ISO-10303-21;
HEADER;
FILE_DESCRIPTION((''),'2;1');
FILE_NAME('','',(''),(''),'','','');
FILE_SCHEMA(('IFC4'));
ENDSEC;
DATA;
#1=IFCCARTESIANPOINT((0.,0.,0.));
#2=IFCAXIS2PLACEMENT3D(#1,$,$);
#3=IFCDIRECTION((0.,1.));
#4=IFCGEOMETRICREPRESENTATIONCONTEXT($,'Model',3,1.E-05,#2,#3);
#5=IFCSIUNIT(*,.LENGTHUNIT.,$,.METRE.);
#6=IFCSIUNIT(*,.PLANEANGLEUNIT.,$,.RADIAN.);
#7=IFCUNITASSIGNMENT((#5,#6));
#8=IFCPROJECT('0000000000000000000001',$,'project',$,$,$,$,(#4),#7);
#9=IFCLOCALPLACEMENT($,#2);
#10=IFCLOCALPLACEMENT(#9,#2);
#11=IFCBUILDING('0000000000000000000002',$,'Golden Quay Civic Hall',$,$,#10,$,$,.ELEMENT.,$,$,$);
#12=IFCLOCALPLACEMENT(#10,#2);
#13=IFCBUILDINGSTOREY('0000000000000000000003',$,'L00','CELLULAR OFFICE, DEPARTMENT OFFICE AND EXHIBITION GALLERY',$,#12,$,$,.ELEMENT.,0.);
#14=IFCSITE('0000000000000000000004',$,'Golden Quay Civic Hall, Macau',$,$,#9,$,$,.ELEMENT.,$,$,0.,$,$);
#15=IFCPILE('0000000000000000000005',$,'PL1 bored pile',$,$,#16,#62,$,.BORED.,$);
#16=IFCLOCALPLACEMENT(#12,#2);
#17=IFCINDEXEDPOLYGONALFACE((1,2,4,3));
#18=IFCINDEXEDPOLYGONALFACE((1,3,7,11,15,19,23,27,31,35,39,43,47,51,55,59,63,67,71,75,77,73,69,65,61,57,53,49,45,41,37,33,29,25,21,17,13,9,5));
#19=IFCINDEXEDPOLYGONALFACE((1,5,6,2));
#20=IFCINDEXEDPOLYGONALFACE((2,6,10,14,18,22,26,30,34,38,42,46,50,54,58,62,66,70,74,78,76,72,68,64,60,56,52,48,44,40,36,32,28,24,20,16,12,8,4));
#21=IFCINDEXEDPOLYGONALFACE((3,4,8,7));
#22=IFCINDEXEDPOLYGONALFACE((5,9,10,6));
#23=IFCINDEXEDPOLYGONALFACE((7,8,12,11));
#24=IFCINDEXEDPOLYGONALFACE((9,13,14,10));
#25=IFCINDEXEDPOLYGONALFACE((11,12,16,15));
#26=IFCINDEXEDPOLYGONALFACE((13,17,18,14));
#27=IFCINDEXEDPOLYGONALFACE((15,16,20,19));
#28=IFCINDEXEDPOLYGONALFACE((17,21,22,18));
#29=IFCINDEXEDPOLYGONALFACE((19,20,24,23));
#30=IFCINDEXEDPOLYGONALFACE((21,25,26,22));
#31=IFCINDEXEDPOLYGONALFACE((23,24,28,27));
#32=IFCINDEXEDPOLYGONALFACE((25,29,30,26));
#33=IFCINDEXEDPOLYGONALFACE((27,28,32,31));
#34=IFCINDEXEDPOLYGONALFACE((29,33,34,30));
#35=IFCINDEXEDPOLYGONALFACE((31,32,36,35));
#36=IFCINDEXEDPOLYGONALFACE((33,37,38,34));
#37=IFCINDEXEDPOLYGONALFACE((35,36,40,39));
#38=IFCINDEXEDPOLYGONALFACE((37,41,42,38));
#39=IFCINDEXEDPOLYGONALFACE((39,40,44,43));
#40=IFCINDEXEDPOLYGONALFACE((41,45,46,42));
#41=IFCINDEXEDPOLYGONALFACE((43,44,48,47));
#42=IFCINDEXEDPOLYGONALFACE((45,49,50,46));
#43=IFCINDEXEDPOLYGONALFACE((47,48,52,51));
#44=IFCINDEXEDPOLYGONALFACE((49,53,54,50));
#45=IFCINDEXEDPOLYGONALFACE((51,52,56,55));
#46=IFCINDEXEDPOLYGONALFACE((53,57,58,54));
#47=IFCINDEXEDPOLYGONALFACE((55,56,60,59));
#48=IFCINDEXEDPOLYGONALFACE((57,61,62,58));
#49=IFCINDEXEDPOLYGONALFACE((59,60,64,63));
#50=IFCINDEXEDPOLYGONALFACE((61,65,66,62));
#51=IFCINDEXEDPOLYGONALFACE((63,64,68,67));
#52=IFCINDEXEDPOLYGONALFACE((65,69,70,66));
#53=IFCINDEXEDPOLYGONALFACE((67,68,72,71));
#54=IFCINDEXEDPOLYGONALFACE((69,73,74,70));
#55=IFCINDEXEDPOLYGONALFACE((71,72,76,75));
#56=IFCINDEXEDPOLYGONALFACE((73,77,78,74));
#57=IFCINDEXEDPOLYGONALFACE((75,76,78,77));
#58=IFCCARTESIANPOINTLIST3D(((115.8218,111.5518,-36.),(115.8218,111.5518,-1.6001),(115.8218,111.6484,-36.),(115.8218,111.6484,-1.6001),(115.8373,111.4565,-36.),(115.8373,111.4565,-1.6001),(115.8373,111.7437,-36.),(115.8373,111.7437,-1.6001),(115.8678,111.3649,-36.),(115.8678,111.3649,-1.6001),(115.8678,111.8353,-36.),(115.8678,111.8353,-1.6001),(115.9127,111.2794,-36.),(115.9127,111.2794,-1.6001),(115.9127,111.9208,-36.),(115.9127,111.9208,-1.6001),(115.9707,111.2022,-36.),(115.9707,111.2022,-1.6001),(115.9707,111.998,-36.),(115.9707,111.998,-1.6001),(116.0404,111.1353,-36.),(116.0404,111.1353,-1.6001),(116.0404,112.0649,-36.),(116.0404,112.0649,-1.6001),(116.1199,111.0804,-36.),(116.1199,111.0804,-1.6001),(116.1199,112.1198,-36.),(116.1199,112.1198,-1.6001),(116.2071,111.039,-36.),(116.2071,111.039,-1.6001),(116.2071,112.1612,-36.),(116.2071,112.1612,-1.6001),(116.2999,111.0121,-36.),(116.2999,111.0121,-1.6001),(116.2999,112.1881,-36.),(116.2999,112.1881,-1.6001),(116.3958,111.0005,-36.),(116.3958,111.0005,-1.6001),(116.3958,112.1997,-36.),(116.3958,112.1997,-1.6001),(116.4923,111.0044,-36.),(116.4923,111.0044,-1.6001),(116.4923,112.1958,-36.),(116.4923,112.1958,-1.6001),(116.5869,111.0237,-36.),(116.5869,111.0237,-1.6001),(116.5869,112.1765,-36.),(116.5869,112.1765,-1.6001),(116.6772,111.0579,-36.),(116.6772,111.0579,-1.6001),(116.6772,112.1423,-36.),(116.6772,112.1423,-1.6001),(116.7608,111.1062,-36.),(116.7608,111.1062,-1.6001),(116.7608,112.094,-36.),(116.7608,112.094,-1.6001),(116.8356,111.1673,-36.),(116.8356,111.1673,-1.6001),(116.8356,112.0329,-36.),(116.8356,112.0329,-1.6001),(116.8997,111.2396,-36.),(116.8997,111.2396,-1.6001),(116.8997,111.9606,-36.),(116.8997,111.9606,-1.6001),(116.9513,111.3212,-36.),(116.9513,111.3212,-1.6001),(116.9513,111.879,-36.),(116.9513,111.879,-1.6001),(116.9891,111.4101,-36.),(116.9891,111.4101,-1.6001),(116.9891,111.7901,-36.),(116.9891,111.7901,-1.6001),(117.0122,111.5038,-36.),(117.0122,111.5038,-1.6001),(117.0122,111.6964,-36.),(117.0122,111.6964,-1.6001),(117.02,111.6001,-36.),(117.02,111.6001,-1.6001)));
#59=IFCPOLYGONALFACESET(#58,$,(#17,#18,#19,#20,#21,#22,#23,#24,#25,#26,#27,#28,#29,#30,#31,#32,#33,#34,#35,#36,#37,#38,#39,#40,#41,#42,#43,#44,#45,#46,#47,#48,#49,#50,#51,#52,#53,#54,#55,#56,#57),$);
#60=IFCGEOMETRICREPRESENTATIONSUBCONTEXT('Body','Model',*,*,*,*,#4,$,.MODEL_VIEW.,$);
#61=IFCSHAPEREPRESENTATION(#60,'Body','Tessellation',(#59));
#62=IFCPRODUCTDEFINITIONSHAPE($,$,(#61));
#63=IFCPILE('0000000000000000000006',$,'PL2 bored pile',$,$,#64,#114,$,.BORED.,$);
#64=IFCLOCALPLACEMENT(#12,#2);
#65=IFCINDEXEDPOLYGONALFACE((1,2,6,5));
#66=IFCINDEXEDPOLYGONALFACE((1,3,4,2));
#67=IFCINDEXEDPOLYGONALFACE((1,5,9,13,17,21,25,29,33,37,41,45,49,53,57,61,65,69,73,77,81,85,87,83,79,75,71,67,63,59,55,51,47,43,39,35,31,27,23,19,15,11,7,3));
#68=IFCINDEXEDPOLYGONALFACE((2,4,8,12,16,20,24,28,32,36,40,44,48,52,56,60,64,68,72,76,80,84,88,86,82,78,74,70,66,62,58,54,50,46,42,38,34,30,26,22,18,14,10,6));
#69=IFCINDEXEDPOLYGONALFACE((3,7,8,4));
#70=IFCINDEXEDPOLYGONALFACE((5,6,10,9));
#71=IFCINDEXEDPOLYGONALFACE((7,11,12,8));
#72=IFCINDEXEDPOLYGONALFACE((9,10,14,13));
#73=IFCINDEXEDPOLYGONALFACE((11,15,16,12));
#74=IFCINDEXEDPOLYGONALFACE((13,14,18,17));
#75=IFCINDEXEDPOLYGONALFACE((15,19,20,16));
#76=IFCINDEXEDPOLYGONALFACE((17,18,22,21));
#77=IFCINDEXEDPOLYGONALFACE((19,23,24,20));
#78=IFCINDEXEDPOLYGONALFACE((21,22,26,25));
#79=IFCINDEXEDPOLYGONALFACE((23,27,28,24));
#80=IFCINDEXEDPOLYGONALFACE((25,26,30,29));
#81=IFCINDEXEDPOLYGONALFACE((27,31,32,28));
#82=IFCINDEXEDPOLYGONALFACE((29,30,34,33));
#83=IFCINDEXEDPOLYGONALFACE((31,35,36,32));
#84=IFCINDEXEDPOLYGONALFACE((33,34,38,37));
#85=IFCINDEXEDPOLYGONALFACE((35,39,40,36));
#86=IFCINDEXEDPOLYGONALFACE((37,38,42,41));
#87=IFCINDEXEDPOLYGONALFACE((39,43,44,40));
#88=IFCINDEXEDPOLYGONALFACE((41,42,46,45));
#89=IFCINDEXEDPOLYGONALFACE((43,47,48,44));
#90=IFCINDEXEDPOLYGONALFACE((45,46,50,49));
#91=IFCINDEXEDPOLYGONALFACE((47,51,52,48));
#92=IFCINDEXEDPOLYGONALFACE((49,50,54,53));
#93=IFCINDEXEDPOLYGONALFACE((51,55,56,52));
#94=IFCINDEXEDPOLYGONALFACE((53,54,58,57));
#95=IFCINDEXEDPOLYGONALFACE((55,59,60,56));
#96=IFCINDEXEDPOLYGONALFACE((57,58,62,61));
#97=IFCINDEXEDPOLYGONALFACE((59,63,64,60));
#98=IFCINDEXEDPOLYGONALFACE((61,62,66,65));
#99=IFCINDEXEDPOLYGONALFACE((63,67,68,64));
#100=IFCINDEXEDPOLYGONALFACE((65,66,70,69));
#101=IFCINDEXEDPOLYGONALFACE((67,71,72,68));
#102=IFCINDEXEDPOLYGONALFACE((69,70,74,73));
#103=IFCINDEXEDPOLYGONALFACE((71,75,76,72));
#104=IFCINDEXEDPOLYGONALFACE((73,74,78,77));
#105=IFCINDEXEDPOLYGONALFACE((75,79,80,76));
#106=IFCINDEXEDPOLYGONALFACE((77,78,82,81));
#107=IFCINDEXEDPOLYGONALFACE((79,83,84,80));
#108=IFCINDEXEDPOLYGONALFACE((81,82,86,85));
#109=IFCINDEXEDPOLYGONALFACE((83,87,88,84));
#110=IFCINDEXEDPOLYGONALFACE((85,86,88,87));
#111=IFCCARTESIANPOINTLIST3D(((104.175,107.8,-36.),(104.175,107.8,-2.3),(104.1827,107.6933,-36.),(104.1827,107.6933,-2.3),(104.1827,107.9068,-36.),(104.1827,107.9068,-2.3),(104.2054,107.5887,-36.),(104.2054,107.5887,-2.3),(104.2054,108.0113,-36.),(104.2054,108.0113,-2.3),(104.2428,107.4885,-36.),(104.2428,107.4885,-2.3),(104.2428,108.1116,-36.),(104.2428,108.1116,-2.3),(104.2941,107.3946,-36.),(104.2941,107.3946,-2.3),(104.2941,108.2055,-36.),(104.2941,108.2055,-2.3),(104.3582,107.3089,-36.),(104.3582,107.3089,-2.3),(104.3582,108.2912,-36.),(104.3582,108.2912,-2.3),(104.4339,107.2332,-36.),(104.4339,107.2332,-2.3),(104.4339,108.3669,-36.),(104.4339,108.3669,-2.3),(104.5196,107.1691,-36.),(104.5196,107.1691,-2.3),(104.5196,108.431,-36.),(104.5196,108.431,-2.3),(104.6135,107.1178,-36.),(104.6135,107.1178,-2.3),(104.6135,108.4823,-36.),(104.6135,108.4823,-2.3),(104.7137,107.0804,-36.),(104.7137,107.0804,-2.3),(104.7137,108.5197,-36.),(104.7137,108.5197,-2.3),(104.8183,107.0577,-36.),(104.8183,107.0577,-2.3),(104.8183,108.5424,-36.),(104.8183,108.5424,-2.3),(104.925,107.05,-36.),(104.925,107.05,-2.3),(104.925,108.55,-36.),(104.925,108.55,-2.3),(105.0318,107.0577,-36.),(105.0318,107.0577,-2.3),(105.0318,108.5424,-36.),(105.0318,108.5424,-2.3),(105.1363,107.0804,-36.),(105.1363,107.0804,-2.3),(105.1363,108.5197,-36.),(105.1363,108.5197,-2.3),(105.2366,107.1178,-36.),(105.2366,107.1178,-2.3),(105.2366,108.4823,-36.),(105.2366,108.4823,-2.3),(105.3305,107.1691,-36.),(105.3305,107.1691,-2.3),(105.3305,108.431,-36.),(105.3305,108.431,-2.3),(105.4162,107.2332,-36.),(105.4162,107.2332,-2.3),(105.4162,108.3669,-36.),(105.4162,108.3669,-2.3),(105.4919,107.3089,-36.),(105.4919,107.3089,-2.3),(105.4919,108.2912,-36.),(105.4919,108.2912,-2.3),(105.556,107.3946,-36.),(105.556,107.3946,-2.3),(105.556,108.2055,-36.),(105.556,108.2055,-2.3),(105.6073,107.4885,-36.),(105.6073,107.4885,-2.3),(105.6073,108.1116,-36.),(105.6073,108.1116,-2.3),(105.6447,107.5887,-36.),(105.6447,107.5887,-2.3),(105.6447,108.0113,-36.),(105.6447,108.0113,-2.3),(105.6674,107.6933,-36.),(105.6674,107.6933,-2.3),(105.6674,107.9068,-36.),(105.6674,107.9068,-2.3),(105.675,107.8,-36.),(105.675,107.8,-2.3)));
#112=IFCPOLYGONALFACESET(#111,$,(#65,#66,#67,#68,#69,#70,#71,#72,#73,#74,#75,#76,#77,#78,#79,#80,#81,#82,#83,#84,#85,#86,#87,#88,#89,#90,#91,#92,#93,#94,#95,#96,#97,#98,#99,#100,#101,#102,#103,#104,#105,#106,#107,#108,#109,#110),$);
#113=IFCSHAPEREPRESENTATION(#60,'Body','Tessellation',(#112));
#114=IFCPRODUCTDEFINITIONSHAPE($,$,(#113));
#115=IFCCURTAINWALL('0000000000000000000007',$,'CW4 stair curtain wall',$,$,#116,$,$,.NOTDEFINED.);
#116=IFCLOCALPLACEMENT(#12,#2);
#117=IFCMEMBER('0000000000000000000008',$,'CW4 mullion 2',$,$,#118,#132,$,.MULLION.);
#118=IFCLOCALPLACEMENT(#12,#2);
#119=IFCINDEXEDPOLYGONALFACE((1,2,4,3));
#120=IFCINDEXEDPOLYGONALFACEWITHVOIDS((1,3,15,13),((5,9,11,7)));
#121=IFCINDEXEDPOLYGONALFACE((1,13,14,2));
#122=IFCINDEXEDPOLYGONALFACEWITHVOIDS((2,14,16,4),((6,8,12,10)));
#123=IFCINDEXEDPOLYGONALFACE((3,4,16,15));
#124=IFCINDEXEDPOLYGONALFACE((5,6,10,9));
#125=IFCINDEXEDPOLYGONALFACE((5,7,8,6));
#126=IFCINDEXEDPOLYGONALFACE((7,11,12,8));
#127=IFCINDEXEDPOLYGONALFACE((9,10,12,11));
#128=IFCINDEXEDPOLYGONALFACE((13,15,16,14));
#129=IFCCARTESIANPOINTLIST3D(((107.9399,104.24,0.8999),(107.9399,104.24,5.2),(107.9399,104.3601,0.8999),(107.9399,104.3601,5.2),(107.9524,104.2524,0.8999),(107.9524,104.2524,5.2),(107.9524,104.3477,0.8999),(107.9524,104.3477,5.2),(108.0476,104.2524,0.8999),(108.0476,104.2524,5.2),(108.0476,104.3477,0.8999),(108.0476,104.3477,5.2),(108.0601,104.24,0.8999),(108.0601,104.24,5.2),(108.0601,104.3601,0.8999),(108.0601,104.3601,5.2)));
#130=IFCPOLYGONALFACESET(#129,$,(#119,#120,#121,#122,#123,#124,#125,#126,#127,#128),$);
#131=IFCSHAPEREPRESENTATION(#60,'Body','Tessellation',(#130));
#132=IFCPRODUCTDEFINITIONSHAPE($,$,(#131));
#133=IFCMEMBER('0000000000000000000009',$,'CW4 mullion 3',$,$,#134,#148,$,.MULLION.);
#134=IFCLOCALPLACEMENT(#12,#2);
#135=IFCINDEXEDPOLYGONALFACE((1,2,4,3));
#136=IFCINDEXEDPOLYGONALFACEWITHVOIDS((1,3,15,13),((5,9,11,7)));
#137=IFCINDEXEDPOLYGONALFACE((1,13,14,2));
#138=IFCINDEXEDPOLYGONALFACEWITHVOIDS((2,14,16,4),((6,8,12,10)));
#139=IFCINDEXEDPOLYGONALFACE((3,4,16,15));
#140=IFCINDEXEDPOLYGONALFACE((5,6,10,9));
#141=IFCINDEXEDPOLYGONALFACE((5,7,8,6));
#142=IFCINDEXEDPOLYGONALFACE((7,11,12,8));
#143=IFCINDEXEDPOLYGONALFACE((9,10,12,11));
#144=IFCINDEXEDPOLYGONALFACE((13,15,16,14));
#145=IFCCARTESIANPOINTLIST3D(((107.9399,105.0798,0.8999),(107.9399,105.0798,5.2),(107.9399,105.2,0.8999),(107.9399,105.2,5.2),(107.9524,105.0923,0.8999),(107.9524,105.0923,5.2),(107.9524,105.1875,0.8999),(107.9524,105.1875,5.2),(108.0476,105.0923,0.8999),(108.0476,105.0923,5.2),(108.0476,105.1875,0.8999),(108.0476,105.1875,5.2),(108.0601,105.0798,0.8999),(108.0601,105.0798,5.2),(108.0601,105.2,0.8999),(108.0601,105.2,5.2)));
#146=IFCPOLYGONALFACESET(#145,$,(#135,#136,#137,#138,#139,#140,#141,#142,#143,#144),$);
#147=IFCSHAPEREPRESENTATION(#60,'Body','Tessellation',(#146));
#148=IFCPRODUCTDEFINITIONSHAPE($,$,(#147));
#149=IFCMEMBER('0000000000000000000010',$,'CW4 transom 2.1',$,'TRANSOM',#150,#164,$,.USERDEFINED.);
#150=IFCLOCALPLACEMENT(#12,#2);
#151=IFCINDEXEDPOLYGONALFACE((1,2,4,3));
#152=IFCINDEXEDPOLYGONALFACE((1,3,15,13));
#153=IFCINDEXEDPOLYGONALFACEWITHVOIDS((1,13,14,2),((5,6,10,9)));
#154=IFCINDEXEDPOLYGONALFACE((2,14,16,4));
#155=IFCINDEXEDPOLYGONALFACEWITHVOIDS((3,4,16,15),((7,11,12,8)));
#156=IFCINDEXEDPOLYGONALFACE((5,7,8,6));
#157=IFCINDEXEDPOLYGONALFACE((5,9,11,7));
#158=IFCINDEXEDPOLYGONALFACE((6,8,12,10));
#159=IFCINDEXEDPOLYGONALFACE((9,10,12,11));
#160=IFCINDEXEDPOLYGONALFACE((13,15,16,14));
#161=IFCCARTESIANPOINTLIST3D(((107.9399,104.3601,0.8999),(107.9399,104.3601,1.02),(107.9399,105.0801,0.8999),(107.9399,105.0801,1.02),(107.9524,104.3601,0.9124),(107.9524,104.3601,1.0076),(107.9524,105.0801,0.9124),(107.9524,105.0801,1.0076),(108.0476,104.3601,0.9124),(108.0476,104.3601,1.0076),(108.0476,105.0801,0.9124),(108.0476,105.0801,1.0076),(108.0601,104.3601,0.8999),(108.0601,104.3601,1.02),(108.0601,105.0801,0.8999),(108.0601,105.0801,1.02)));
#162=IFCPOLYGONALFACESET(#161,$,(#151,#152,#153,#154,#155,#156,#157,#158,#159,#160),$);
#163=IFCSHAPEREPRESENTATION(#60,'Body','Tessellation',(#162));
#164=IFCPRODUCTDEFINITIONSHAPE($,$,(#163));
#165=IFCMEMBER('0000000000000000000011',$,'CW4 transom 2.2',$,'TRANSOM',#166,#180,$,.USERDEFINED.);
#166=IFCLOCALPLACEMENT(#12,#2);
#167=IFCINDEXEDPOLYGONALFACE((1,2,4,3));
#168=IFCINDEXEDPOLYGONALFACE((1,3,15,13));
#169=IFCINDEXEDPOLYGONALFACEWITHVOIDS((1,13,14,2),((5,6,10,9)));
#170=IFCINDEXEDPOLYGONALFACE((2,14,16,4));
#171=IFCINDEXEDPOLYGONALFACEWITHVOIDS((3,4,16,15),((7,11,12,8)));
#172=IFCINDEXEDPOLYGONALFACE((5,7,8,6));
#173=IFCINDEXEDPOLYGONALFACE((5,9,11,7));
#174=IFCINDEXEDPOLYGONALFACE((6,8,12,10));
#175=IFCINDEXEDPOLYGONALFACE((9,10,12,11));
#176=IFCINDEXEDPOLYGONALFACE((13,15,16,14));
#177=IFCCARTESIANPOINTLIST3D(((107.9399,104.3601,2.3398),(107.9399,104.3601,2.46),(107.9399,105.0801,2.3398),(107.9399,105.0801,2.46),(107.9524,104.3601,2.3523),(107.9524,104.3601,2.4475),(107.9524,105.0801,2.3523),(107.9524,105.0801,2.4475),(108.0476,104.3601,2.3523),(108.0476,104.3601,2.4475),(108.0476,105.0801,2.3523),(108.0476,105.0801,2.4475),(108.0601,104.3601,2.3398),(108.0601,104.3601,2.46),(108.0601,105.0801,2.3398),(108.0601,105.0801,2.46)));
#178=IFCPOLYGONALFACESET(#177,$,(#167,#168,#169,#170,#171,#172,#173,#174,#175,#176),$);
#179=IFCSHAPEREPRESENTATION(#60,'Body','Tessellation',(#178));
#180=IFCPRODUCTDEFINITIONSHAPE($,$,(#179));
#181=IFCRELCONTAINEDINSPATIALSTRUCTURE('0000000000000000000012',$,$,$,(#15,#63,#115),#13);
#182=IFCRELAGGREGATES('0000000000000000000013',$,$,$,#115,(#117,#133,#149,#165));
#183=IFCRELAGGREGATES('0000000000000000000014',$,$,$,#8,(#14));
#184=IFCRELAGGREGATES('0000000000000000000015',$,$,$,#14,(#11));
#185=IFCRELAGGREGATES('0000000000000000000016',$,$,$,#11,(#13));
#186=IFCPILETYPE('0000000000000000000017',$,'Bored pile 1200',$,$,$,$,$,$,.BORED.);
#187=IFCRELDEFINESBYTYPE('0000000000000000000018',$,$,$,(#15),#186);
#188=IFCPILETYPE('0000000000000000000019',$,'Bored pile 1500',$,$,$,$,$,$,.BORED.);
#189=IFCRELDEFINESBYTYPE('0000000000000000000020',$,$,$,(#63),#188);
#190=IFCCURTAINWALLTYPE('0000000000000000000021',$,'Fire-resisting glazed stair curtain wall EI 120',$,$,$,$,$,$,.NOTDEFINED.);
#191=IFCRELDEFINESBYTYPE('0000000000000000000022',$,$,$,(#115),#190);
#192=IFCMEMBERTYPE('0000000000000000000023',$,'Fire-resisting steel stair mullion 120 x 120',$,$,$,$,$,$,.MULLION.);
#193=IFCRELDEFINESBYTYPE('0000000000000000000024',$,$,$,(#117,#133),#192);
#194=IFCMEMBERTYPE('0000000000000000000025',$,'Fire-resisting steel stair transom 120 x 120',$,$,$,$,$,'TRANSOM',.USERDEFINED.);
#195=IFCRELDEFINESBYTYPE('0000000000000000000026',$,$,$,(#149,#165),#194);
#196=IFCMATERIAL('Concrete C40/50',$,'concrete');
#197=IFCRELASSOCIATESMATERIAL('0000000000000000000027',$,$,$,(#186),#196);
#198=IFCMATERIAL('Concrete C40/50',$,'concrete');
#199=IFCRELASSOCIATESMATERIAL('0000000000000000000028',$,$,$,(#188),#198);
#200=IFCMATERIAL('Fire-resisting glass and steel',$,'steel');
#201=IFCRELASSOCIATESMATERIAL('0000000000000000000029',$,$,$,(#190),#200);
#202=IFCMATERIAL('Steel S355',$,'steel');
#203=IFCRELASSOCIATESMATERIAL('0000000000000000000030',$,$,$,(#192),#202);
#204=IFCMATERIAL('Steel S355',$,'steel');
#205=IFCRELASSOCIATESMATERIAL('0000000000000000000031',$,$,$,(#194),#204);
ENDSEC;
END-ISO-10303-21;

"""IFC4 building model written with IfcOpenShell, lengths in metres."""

from ifc_helpers import new_model, si_unit, direction, frame, origin, origin_2d, place, context, subcontext, project, spatial, hollow_rectangle, circle, extrude, material, material_profile, profile_set, type_object, element, aggregate, save


model = new_model("IFC4")

# Units and contexts
model_context = context("Model", 3, precision=1e-05, world=origin(), true_north=direction((0.0, 1.0)))
body_context = subcontext(model_context, "Body", "Model", "MODEL_VIEW")
ifc_project = project(units=[si_unit("LENGTHUNIT", "METRE"), si_unit("PLANEANGLEUNIT", "RADIAN")], contexts=[model_context])

# Site, building, storey
site_placement = place(None, origin())
site = spatial("IfcSite", under=ifc_project, at=site_placement, Name="Golden Quay Civic Hall, Macau", CompositionType="ELEMENT", RefElevation=0.0)
building_placement = place(site_placement, origin())
building = spatial("IfcBuilding", under=site, at=building_placement, Name="Golden Quay Civic Hall", CompositionType="ELEMENT")
storey_placement = place(building_placement, origin())
storey = spatial("IfcBuildingStorey", under=building, at=storey_placement, Name="L00", Description="CELLULAR OFFICE, DEPARTMENT OFFICE AND EXHIBITION GALLERY", CompositionType="ELEMENT", Elevation=0.0)

# Piles
ifc_material_1 = material(Name="Concrete C40/50", Category="concrete")
ifc_material_profile_1 = material_profile(ifc_material_1, circle(Radius=0.6001, at=origin_2d()), Name="RC D1200")
ifc_profile_set_1 = profile_set([ifc_material_profile_1], Name="Concrete C40/50")
pile_type_1 = type_object("IfcPileType", Name="Bored pile 1200", PredefinedType="BORED", material=ifc_profile_set_1)
for number, where, z_axis, x_axis, name in (
    (1, (116.4199, 111.6001, -1.6001), (0.0, 0.0, -1.0), (1.0, 0.0, 0.0), "PL1 bored pile"),
):
    element("IfcPile", number, at=place(storey_placement, frame(where, z_axis=z_axis, x_axis=x_axis)), inside=storey, type_object=pile_type_1, Name=name, PredefinedType="BORED", context=body_context, shape_type="SweptSolid", body=[
        extrude(circle(Radius=0.6001, at=origin_2d()), origin(), (0.0, 0.0, 1.0), 34.3999),
    ])
ifc_material_2 = material(Name="Concrete C40/50", Category="concrete")
ifc_material_profile_2 = material_profile(ifc_material_2, circle(Radius=0.75, at=origin_2d()), Name="RC D1500")
ifc_profile_set_2 = profile_set([ifc_material_profile_2], Name="Concrete C40/50")
pile_type_2 = type_object("IfcPileType", Name="Bored pile 1500", PredefinedType="BORED", material=ifc_profile_set_2)
pile_placement = place(storey_placement, frame((104.925, 107.8, -2.3), z_axis=(0.0, 0.0, -1.0), x_axis=(1.0, 0.0, 0.0)))
element("IfcPile", 2, at=pile_placement, inside=storey, type_object=pile_type_2, Name="PL2 bored pile", PredefinedType="BORED", context=body_context, shape_type="SweptSolid", body=[
    extrude(circle(Radius=0.75, at=origin_2d()), origin(), (0.0, 0.0, 1.0), 33.7),
])

# Curtain wall, members
ifc_material_3 = material(Name="Fire-resisting glass and steel", Category="steel")
curtain_wall_type = type_object("IfcCurtainWallType", Name="Fire-resisting glazed stair curtain wall EI 120", PredefinedType="NOTDEFINED", material=ifc_material_3)
curtain_wall_placement = place(storey_placement, origin())
curtain_wall = element("IfcCurtainWall", 3, at=curtain_wall_placement, inside=storey, type_object=curtain_wall_type, Name="CW4 stair curtain wall", PredefinedType="NOTDEFINED")
ifc_material_4 = material(Name="Steel S355", Category="steel")
ifc_material_profile_3 = material_profile(ifc_material_4, hollow_rectangle(XDim=0.1201, YDim=0.1201, WallThickness=0.0125, at=origin_2d()), Name="SHS 120x120x12.5")
ifc_profile_set_3 = profile_set([ifc_material_profile_3], Name="Steel S355")
member_type_1 = type_object("IfcMemberType", Name="Fire-resisting steel stair mullion 120 x 120", PredefinedType="MULLION", material=ifc_profile_set_3)
member_1_placement = place(storey_placement, frame((108.0, 104.3, 0.8999), z_axis=(0.0, 0.0, 1.0), x_axis=(-1.0, 0.0, 0.0)))
member_1 = element("IfcMember", 4, at=member_1_placement, type_object=member_type_1, Name="CW4 mullion 2", PredefinedType="MULLION", context=body_context, shape_type="SweptSolid", body=[
    extrude(hollow_rectangle(XDim=0.1201, YDim=0.1201, WallThickness=0.0125, at=origin_2d()), origin(), (0.0, 0.0, 1.0), 4.3),
])
member_2_placement = place(storey_placement, frame((108.0, 105.1399, 0.8999), z_axis=(0.0, 0.0, 1.0), x_axis=(-1.0, 0.0, 0.0)))
member_2 = element("IfcMember", 5, at=member_2_placement, type_object=member_type_1, Name="CW4 mullion 3", PredefinedType="MULLION", context=body_context, shape_type="SweptSolid", body=[
    extrude(hollow_rectangle(XDim=0.1201, YDim=0.1201, WallThickness=0.0125, at=origin_2d()), origin(), (0.0, 0.0, 1.0), 4.3),
])
ifc_material_5 = material(Name="Steel S355", Category="steel")
ifc_material_profile_4 = material_profile(ifc_material_5, hollow_rectangle(XDim=0.1201, YDim=0.1201, WallThickness=0.0125, at=origin_2d()), Name="SHS 120x120x12.5")
ifc_profile_set_4 = profile_set([ifc_material_profile_4], Name="Steel S355")
member_type_2 = type_object("IfcMemberType", Name="Fire-resisting steel stair transom 120 x 120", ElementType="TRANSOM", PredefinedType="USERDEFINED", material=ifc_profile_set_4)
member_3_placement = place(storey_placement, frame((108.0, 104.3601, 0.96), z_axis=(0.0, 1.0, 0.0), x_axis=(-1.0, 0.0, 0.0)))
member_3 = element("IfcMember", 6, at=member_3_placement, type_object=member_type_2, Name="CW4 transom 2.1", ObjectType="TRANSOM", PredefinedType="USERDEFINED", context=body_context, shape_type="SweptSolid", body=[
    extrude(hollow_rectangle(XDim=0.1201, YDim=0.1201, WallThickness=0.0125, at=origin_2d()), origin(), (0.0, 0.0, 1.0), 0.72),
])
member_4_placement = place(storey_placement, frame((108.0, 104.3601, 2.3999), z_axis=(0.0, 1.0, 0.0), x_axis=(-1.0, 0.0, 0.0)))
member_4 = element("IfcMember", 7, at=member_4_placement, type_object=member_type_2, Name="CW4 transom 2.2", ObjectType="TRANSOM", PredefinedType="USERDEFINED", context=body_context, shape_type="SweptSolid", body=[
    extrude(hollow_rectangle(XDim=0.1201, YDim=0.1201, WallThickness=0.0125, at=origin_2d()), origin(), (0.0, 0.0, 1.0), 0.72),
])

aggregate(curtain_wall, [member_1, member_2, member_3, member_4])

save(model, "model.ifc")
